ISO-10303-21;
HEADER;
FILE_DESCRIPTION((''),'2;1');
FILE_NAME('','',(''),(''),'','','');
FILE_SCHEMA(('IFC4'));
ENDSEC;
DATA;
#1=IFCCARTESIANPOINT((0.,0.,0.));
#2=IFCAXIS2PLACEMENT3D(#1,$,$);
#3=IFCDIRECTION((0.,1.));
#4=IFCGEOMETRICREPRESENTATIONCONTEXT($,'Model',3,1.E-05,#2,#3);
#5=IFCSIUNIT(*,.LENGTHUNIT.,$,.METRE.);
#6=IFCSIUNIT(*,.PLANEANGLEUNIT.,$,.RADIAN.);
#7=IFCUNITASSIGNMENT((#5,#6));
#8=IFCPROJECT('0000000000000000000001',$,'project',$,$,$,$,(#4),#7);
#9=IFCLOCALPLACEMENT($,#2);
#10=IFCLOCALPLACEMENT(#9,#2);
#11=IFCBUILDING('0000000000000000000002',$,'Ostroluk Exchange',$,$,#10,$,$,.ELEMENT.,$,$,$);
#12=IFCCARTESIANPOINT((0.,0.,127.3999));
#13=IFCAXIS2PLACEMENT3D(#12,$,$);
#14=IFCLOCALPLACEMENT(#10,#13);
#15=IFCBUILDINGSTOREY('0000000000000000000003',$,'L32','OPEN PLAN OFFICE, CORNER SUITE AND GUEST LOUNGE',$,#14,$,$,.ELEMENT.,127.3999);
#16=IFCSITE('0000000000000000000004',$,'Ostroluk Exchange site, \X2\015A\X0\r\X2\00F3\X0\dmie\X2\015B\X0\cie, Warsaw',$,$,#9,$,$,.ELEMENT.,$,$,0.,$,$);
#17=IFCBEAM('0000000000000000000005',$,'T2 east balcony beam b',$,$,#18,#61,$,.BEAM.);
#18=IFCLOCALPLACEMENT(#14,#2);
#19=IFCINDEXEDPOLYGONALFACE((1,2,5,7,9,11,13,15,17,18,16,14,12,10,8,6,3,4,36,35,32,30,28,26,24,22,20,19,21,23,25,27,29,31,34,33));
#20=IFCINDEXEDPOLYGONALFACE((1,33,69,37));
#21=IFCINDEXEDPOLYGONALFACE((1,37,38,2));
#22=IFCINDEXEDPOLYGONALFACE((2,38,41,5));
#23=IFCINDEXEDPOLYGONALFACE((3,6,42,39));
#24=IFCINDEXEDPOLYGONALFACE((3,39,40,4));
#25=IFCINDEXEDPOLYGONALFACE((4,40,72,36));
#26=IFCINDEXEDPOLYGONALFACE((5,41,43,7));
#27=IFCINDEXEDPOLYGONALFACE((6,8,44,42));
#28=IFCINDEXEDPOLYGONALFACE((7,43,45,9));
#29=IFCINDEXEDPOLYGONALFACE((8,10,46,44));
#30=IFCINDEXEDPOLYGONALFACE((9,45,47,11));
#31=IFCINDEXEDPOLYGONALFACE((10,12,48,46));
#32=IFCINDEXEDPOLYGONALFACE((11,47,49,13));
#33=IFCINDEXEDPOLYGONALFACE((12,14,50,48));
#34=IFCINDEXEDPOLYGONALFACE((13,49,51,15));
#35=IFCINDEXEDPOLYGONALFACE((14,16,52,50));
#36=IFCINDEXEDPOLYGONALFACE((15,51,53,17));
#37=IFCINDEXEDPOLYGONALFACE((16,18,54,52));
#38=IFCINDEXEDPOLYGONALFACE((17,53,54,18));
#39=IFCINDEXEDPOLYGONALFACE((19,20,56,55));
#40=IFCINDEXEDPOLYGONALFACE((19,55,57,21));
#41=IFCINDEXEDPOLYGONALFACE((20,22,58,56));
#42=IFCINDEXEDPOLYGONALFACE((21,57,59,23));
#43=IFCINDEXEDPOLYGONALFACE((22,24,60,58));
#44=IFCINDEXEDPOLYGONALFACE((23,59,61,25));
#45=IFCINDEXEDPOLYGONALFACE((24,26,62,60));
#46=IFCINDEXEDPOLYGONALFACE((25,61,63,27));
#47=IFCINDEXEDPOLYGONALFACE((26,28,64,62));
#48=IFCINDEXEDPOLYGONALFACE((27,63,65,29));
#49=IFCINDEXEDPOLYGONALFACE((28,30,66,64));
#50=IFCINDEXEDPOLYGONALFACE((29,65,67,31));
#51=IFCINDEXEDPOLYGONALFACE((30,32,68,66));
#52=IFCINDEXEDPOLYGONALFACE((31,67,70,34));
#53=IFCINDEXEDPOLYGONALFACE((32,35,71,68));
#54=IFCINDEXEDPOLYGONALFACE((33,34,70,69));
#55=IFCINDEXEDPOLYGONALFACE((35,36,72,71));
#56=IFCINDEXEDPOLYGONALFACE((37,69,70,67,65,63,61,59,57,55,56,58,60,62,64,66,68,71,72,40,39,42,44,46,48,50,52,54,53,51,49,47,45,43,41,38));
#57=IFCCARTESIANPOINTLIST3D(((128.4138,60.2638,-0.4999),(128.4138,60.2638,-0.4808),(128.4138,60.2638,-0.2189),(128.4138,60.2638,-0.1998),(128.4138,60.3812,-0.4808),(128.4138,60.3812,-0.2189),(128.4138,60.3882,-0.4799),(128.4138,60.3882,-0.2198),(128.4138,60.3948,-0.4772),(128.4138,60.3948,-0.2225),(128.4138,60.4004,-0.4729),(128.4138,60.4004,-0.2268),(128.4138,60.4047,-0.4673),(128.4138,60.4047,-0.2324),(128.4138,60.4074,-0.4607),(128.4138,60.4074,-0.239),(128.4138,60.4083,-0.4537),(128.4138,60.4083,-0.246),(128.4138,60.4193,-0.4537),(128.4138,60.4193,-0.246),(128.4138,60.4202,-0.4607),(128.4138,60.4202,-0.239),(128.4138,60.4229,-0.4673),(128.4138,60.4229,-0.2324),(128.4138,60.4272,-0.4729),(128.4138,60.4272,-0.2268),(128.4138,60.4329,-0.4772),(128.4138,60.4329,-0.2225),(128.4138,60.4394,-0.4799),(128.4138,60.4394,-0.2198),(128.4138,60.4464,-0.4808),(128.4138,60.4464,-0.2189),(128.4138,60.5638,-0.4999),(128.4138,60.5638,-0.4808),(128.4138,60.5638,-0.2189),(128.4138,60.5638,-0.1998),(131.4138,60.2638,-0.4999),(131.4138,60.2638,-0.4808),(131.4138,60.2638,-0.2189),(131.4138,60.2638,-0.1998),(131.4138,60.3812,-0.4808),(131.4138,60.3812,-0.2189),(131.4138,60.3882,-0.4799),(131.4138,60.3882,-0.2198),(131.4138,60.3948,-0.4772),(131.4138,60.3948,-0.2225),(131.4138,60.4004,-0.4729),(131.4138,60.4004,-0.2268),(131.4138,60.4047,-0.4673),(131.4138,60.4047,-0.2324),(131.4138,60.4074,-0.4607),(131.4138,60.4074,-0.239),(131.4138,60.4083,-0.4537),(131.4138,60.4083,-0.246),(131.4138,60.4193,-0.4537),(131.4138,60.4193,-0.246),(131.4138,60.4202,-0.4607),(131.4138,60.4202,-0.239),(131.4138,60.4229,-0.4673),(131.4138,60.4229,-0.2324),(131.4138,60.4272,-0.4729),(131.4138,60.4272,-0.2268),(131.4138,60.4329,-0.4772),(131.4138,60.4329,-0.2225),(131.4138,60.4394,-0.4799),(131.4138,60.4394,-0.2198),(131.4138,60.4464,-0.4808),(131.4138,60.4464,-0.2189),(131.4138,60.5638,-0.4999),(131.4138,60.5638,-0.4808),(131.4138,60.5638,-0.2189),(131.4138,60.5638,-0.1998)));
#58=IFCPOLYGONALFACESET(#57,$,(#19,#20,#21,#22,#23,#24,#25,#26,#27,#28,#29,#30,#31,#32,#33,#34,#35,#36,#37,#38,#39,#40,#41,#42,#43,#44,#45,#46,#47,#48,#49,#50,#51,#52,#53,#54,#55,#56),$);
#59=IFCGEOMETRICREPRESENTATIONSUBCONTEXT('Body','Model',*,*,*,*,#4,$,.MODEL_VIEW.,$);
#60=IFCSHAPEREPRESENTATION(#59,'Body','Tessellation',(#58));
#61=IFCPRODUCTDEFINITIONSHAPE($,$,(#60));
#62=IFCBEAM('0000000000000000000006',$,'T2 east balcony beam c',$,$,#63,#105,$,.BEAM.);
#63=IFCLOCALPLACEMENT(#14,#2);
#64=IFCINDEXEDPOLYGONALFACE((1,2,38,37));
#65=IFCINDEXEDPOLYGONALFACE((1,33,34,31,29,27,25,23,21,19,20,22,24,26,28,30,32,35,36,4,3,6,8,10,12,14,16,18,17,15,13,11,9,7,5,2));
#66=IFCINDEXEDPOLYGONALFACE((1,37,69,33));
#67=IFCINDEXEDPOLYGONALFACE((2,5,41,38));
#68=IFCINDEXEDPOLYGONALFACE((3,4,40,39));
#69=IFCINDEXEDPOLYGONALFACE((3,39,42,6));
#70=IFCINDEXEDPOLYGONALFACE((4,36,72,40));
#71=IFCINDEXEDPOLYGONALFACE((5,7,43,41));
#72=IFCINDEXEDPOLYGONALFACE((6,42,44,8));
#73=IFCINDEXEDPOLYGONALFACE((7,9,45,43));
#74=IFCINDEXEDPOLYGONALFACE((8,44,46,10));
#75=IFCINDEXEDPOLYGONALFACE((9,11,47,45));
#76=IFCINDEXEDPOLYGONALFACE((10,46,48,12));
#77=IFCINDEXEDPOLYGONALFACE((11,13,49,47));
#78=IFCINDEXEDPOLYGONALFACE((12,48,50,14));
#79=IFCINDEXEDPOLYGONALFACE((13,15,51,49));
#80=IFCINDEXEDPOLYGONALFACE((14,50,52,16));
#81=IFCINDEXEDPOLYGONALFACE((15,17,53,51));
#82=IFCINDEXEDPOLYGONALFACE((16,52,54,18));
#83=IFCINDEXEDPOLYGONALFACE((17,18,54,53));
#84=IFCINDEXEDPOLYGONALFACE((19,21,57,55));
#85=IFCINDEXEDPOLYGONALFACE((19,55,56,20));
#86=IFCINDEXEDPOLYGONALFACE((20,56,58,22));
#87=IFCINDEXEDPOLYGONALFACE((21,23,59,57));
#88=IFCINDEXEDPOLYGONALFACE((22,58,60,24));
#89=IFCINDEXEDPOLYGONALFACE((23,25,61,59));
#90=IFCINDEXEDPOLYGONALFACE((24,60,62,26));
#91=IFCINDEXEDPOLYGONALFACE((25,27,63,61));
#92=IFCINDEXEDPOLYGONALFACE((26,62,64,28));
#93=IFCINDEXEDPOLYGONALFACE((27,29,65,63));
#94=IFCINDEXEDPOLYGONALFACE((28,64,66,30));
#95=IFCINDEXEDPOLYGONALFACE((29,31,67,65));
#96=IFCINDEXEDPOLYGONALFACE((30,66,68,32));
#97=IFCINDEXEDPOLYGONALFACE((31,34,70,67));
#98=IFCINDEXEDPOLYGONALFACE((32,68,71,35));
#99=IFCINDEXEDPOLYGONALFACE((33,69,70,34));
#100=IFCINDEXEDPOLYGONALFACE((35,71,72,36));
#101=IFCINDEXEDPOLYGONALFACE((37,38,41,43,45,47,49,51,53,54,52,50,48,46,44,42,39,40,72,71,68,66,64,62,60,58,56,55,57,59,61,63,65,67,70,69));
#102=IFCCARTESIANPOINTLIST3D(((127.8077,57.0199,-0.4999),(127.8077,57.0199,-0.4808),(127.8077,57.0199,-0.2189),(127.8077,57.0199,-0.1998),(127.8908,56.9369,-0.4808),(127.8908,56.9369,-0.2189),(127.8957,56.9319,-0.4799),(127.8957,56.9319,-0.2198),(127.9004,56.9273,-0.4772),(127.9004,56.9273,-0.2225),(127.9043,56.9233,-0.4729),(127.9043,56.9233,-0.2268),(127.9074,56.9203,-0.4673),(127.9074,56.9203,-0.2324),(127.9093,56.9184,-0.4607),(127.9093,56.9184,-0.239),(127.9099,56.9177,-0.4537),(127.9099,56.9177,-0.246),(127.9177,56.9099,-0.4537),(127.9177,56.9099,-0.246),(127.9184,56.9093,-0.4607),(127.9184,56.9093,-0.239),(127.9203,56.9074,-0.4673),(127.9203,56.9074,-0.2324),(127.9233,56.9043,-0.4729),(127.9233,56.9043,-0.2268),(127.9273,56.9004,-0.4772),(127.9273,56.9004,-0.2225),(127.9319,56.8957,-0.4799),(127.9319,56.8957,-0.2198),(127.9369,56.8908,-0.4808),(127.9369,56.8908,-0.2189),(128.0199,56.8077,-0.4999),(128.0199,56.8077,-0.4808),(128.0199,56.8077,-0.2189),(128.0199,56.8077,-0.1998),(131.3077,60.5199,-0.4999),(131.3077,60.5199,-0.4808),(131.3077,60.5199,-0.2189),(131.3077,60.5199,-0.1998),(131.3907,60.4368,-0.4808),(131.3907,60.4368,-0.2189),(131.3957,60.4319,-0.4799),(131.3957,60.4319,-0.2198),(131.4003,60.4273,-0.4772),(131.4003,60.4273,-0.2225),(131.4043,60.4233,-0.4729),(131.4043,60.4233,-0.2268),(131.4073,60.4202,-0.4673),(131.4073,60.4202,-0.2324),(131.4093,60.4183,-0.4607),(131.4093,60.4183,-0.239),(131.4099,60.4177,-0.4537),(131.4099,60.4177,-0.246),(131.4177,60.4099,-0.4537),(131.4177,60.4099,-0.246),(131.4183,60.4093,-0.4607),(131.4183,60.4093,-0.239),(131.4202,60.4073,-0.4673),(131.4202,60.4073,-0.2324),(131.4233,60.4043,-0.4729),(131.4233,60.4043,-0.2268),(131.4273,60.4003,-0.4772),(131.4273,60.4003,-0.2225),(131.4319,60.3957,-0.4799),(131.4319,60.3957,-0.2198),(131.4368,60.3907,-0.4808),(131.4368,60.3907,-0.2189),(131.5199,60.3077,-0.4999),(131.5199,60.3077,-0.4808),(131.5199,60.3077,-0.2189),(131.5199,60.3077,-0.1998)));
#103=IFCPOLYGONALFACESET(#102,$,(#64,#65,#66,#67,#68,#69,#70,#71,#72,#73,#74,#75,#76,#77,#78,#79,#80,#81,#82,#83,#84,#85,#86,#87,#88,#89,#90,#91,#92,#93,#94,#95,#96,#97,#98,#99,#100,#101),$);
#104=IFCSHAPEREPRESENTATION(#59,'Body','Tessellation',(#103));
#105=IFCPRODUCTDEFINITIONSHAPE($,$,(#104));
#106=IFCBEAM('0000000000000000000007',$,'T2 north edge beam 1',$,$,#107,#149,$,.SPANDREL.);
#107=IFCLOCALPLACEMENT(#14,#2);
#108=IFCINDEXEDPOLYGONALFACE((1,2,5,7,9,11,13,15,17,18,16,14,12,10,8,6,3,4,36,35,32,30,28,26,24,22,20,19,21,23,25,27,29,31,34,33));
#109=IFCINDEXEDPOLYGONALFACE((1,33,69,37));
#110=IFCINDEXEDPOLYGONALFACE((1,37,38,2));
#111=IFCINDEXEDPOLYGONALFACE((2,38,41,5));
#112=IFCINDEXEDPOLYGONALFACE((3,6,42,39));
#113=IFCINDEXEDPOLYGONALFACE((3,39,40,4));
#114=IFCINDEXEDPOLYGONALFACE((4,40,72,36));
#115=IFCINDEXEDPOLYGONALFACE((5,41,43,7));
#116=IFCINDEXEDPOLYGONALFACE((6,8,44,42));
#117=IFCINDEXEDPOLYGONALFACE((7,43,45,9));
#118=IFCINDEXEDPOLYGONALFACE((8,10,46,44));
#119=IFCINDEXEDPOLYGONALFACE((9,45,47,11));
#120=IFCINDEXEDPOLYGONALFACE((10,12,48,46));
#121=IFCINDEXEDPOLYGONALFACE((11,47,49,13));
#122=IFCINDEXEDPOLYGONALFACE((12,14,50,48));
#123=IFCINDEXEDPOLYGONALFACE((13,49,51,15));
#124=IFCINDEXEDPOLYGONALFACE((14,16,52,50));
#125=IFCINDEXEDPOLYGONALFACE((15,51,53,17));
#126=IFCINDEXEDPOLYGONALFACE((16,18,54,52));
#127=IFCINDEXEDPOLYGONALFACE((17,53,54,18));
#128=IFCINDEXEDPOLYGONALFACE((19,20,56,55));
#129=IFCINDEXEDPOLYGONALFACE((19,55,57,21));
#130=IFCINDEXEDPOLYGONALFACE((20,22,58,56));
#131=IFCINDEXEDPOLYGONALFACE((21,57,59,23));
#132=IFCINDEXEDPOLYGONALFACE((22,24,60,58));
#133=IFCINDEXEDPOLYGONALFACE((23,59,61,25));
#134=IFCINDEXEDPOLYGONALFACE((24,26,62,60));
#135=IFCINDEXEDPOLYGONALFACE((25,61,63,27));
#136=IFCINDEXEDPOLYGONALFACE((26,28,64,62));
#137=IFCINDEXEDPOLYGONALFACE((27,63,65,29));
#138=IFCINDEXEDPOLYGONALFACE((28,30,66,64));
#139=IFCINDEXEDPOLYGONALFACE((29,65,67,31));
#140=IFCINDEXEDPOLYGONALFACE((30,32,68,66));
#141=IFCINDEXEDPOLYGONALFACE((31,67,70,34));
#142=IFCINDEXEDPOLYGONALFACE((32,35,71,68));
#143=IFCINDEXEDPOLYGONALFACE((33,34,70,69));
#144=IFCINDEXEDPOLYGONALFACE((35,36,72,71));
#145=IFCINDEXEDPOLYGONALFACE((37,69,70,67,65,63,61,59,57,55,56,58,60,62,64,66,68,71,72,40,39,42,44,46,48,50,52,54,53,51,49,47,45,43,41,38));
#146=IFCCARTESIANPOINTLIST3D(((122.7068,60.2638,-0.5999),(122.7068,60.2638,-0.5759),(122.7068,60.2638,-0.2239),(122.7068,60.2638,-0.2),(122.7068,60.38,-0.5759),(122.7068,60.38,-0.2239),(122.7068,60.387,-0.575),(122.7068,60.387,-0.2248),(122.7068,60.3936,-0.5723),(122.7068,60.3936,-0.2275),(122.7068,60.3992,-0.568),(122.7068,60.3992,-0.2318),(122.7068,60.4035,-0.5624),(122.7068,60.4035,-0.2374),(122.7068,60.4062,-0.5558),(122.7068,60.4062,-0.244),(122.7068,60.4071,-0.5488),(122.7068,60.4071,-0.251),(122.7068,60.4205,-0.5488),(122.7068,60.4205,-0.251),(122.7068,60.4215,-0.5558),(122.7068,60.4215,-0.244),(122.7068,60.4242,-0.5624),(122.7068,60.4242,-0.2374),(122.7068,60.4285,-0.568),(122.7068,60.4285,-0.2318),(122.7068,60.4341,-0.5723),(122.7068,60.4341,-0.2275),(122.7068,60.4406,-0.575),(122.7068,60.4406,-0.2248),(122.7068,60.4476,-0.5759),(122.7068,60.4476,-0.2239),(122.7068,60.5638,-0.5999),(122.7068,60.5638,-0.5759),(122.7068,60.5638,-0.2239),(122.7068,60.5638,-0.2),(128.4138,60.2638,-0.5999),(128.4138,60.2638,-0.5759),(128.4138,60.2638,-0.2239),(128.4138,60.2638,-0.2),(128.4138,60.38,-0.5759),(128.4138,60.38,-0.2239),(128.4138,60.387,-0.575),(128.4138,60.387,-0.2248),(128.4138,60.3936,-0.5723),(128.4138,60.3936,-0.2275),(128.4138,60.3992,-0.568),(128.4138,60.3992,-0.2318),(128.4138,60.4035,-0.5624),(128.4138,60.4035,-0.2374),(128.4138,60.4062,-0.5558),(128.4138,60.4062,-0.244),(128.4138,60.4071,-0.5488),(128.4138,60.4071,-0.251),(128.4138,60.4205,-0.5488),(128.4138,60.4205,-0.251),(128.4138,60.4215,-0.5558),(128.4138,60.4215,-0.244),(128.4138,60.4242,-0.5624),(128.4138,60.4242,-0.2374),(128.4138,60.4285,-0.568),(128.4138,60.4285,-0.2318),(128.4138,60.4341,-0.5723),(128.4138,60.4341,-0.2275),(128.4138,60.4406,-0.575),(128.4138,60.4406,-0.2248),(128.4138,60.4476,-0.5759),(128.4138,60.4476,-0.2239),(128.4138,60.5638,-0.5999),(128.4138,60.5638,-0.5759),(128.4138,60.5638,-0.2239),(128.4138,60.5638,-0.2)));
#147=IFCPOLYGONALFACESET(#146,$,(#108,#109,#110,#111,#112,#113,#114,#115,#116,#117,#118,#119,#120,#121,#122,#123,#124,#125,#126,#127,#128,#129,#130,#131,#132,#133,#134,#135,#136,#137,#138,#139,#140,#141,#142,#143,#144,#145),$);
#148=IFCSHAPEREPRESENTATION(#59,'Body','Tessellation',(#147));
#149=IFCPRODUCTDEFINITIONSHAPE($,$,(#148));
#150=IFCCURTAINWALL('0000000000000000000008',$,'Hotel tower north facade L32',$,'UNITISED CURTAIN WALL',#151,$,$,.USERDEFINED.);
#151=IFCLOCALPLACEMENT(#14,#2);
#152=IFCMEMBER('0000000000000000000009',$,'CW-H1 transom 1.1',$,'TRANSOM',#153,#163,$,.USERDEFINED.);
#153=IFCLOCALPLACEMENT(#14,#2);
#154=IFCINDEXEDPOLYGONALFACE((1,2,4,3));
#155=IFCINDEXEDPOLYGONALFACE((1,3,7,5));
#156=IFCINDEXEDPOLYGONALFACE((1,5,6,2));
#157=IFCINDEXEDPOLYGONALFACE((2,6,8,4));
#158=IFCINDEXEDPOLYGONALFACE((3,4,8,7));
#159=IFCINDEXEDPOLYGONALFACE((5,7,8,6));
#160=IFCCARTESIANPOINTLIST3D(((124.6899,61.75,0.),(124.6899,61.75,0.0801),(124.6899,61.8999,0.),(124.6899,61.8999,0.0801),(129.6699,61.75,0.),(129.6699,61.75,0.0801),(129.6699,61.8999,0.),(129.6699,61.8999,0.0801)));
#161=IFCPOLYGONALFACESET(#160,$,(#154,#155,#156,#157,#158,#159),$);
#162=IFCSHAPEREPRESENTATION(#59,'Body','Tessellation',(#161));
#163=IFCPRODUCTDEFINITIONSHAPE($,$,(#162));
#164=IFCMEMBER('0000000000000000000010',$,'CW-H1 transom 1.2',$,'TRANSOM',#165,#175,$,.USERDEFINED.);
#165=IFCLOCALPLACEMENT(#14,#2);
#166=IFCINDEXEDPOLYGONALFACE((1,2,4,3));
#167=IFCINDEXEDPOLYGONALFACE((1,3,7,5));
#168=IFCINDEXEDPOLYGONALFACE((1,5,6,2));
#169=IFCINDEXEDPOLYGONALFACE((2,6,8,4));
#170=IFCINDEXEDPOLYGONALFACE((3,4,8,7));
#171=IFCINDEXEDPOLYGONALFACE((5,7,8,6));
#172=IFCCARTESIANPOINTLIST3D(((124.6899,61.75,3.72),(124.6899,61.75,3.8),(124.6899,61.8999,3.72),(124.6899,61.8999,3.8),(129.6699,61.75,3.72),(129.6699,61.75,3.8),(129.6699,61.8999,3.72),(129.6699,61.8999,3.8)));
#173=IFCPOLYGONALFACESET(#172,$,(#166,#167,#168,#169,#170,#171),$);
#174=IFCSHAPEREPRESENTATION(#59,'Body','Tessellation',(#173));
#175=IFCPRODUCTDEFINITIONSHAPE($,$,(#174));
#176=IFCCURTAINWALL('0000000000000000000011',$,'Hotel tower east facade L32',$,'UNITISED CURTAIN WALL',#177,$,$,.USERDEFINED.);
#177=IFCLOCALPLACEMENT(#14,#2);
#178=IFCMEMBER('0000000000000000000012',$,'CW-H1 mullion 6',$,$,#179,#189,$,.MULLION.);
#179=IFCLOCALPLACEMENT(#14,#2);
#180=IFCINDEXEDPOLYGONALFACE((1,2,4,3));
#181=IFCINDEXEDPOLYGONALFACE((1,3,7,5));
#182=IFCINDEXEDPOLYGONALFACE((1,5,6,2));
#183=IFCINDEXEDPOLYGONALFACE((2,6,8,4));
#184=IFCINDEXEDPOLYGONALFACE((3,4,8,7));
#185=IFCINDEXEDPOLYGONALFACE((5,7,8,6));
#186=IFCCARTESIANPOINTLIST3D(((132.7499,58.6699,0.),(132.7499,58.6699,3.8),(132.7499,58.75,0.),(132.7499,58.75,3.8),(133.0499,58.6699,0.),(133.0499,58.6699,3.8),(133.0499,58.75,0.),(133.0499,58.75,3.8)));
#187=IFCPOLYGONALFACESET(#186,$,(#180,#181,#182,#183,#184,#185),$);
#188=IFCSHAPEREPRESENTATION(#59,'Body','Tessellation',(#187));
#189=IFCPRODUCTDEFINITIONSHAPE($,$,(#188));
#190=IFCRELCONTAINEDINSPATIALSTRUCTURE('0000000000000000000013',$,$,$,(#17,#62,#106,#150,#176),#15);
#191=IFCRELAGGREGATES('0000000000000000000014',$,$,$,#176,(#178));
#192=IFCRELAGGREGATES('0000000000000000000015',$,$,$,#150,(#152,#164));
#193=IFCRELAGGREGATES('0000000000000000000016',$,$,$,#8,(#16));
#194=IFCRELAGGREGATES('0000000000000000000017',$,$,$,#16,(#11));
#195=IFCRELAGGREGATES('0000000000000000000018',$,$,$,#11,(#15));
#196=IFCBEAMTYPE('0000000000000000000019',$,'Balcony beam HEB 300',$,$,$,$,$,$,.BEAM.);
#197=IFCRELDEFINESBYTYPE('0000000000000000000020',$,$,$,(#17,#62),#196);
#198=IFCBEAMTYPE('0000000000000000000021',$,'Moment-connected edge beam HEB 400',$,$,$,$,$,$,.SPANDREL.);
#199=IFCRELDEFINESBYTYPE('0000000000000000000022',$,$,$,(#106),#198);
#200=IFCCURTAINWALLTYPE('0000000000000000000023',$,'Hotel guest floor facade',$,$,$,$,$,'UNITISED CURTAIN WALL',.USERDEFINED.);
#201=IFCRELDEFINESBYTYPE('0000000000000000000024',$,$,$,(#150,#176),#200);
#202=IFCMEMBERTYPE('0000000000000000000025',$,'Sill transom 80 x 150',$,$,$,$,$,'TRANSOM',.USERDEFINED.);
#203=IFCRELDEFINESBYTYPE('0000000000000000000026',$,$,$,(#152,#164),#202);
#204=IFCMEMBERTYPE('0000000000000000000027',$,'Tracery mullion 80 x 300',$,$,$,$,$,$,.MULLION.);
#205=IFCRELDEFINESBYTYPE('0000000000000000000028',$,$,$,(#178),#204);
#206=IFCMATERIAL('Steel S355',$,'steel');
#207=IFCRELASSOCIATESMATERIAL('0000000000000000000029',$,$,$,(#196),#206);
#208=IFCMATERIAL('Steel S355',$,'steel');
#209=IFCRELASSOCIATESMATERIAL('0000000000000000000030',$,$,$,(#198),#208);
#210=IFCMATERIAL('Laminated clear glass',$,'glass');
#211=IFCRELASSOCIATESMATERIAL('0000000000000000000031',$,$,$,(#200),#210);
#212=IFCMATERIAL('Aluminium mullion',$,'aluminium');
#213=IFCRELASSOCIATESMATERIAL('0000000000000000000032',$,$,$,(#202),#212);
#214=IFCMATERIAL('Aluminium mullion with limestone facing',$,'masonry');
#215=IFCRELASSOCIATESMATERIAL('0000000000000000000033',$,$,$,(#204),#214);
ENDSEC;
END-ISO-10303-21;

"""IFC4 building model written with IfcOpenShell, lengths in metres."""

from ifc_helpers import new_model, si_unit, direction, frame, origin, origin_2d, place, context, subcontext, project, spatial, rectangle, i_section, extrude, material, material_profile, profile_set, type_object, element, aggregate, save


model = new_model("IFC4")

# Units and contexts
model_context = context("Model", 3, precision=1e-05, world=origin(), true_north=direction((0.0, 1.0)))
body_context = subcontext(model_context, "Body", "Model", "MODEL_VIEW")
ifc_project = project(units=[si_unit("LENGTHUNIT", "METRE"), si_unit("PLANEANGLEUNIT", "RADIAN")], contexts=[model_context])

# Site, building, storey
site_placement = place(None, origin())
site = spatial("IfcSite", under=ifc_project, at=site_placement, Name="Ostroluk Exchange site, Śródmieście, Warsaw", CompositionType="ELEMENT", RefElevation=0.0)
building_placement = place(site_placement, origin())
building = spatial("IfcBuilding", under=site, at=building_placement, Name="Ostroluk Exchange", CompositionType="ELEMENT")
storey_placement = place(building_placement, frame((0.0, 0.0, 127.3999)))
storey = spatial("IfcBuildingStorey", under=building, at=storey_placement, Name="L32", Description="OPEN PLAN OFFICE, CORNER SUITE AND GUEST LOUNGE", CompositionType="ELEMENT", Elevation=127.3999)

# Beams
ifc_material_1 = material(Name="Steel S355", Category="steel")
ifc_material_profile_1 = material_profile(ifc_material_1, i_section(OverallWidth=0.3, OverallDepth=0.3, WebThickness=0.011, FlangeThickness=0.019, FilletRadius=0.0271, at=origin_2d()), Name="HEB 300")
ifc_profile_set_1 = profile_set([ifc_material_profile_1], Name="Steel S355")
beam_type_1 = type_object("IfcBeamType", Name="Balcony beam HEB 300", PredefinedType="BEAM", material=ifc_profile_set_1)
for number, where, z_axis, x_axis, name in (
    (1, (128.4138, 60.4138, -0.3499), (1.0, 0.0, 0.0), (0.0, 1.0, 0.0), "T2 east balcony beam b"),
):
    element("IfcBeam", number, at=place(storey_placement, frame(where, z_axis=z_axis, x_axis=x_axis)), inside=storey, type_object=beam_type_1, Name=name, PredefinedType="BEAM", context=body_context, shape_type="SweptSolid", body=[
        extrude(i_section(OverallWidth=0.3, OverallDepth=0.3, WebThickness=0.011, FlangeThickness=0.019, FilletRadius=0.0271, at=origin_2d()), origin(), (0.0, 0.0, 1.0), 3.0),
    ])
beam_1_placement = place(storey_placement, frame((127.9138, 56.9138, -0.3499), z_axis=(0.707107, 0.707107, 0.0), x_axis=(-0.707107, 0.707107, 0.0)))
element("IfcBeam", 2, at=beam_1_placement, inside=storey, type_object=beam_type_1, Name="T2 east balcony beam c", PredefinedType="BEAM", context=body_context, shape_type="SweptSolid", body=[
    extrude(i_section(OverallWidth=0.3, OverallDepth=0.3, WebThickness=0.011, FlangeThickness=0.019, FilletRadius=0.0271, at=origin_2d()), origin(), (0.0, 0.0, 1.0), 4.9497),
])
ifc_material_2 = material(Name="Steel S355", Category="steel")
ifc_material_profile_2 = material_profile(ifc_material_2, i_section(OverallWidth=0.3, OverallDepth=0.3999, WebThickness=0.0134, FlangeThickness=0.0239, FilletRadius=0.0271, at=origin_2d()), Name="HEB 400")
ifc_profile_set_2 = profile_set([ifc_material_profile_2], Name="Steel S355")
beam_type_2 = type_object("IfcBeamType", Name="Moment-connected edge beam HEB 400", PredefinedType="SPANDREL", material=ifc_profile_set_2)
beam_2_placement = place(storey_placement, frame((128.4138, 60.4138, -0.3999), z_axis=(-1.0, 0.0, 0.0), x_axis=(0.0, -1.0, 0.0)))
element("IfcBeam", 3, at=beam_2_placement, inside=storey, type_object=beam_type_2, Name="T2 north edge beam 1", PredefinedType="SPANDREL", context=body_context, shape_type="SweptSolid", body=[
    extrude(i_section(OverallWidth=0.3, OverallDepth=0.3999, WebThickness=0.0134, FlangeThickness=0.0239, FilletRadius=0.0271, at=origin_2d()), origin(), (0.0, 0.0, 1.0), 5.707),
])

# Curtain wall, members
ifc_material_3 = material(Name="Laminated clear glass", Category="glass")
curtain_wall_type = type_object("IfcCurtainWallType", Name="Hotel guest floor facade", ElementType="UNITISED CURTAIN WALL", PredefinedType="USERDEFINED", material=ifc_material_3)
curtain_wall_1_placement = place(storey_placement, origin())
curtain_wall_1 = element("IfcCurtainWall", 4, at=curtain_wall_1_placement, inside=storey, type_object=curtain_wall_type, Name="Hotel tower north facade L32", ObjectType="UNITISED CURTAIN WALL", PredefinedType="USERDEFINED")
ifc_material_4 = material(Name="Aluminium mullion", Category="aluminium")
ifc_material_profile_3 = material_profile(ifc_material_4, rectangle(XDim=0.1499, YDim=0.0801, at=origin_2d()), Name="Sill transom 80 x 150")
ifc_profile_set_3 = profile_set([ifc_material_profile_3], Name="Aluminium mullion")
member_type_1 = type_object("IfcMemberType", Name="Sill transom 80 x 150", ElementType="TRANSOM", PredefinedType="USERDEFINED", material=ifc_profile_set_3)
member_1_placement = place(storey_placement, frame((129.6699, 61.825, 0.04), z_axis=(-1.0, 0.0, 0.0), x_axis=(0.0, -1.0, 0.0)))
member_1 = element("IfcMember", 5, at=member_1_placement, type_object=member_type_1, Name="CW-H1 transom 1.1", ObjectType="TRANSOM", PredefinedType="USERDEFINED", context=body_context, shape_type="SweptSolid", body=[
    extrude(rectangle(XDim=0.1499, YDim=0.0801, at=origin_2d()), origin(), (0.0, 0.0, 1.0), 4.98),
])
member_2_placement = place(storey_placement, frame((129.6699, 61.825, 3.76), z_axis=(-1.0, 0.0, 0.0), x_axis=(0.0, -1.0, 0.0)))
member_2 = element("IfcMember", 6, at=member_2_placement, type_object=member_type_1, Name="CW-H1 transom 1.2", ObjectType="TRANSOM", PredefinedType="USERDEFINED", context=body_context, shape_type="SweptSolid", body=[
    extrude(rectangle(XDim=0.1499, YDim=0.0801, at=origin_2d()), origin(), (0.0, 0.0, 1.0), 4.98),
])

# Curtain wall, member
curtain_wall_2_placement = place(storey_placement, origin())
curtain_wall_2 = element("IfcCurtainWall", 7, at=curtain_wall_2_placement, inside=storey, type_object=curtain_wall_type, Name="Hotel tower east facade L32", ObjectType="UNITISED CURTAIN WALL", PredefinedType="USERDEFINED")
ifc_material_5 = material(Name="Aluminium mullion with limestone facing", Category="masonry")
ifc_material_profile_4 = material_profile(ifc_material_5, rectangle(XDim=0.3, YDim=0.0801, at=origin_2d()), Name="Tracery mullion 80 x 300")
ifc_profile_set_4 = profile_set([ifc_material_profile_4], Name="Aluminium mullion with limestone facing")
member_type_2 = type_object("IfcMemberType", Name="Tracery mullion 80 x 300", PredefinedType="MULLION", material=ifc_profile_set_4)
member_3_placement = place(storey_placement, frame((132.8999, 58.71, 0.0), z_axis=(0.0, 0.0, 1.0), x_axis=(-1.0, 0.0, 0.0)))
member_3 = element("IfcMember", 8, at=member_3_placement, type_object=member_type_2, Name="CW-H1 mullion 6", PredefinedType="MULLION", context=body_context, shape_type="SweptSolid", body=[
    extrude(rectangle(XDim=0.3, YDim=0.0801, at=origin_2d()), origin(), (0.0, 0.0, 1.0), 3.8),
])
aggregate(curtain_wall_2, [member_3])

aggregate(curtain_wall_1, [member_1, member_2])

save(model, "model.ifc")
